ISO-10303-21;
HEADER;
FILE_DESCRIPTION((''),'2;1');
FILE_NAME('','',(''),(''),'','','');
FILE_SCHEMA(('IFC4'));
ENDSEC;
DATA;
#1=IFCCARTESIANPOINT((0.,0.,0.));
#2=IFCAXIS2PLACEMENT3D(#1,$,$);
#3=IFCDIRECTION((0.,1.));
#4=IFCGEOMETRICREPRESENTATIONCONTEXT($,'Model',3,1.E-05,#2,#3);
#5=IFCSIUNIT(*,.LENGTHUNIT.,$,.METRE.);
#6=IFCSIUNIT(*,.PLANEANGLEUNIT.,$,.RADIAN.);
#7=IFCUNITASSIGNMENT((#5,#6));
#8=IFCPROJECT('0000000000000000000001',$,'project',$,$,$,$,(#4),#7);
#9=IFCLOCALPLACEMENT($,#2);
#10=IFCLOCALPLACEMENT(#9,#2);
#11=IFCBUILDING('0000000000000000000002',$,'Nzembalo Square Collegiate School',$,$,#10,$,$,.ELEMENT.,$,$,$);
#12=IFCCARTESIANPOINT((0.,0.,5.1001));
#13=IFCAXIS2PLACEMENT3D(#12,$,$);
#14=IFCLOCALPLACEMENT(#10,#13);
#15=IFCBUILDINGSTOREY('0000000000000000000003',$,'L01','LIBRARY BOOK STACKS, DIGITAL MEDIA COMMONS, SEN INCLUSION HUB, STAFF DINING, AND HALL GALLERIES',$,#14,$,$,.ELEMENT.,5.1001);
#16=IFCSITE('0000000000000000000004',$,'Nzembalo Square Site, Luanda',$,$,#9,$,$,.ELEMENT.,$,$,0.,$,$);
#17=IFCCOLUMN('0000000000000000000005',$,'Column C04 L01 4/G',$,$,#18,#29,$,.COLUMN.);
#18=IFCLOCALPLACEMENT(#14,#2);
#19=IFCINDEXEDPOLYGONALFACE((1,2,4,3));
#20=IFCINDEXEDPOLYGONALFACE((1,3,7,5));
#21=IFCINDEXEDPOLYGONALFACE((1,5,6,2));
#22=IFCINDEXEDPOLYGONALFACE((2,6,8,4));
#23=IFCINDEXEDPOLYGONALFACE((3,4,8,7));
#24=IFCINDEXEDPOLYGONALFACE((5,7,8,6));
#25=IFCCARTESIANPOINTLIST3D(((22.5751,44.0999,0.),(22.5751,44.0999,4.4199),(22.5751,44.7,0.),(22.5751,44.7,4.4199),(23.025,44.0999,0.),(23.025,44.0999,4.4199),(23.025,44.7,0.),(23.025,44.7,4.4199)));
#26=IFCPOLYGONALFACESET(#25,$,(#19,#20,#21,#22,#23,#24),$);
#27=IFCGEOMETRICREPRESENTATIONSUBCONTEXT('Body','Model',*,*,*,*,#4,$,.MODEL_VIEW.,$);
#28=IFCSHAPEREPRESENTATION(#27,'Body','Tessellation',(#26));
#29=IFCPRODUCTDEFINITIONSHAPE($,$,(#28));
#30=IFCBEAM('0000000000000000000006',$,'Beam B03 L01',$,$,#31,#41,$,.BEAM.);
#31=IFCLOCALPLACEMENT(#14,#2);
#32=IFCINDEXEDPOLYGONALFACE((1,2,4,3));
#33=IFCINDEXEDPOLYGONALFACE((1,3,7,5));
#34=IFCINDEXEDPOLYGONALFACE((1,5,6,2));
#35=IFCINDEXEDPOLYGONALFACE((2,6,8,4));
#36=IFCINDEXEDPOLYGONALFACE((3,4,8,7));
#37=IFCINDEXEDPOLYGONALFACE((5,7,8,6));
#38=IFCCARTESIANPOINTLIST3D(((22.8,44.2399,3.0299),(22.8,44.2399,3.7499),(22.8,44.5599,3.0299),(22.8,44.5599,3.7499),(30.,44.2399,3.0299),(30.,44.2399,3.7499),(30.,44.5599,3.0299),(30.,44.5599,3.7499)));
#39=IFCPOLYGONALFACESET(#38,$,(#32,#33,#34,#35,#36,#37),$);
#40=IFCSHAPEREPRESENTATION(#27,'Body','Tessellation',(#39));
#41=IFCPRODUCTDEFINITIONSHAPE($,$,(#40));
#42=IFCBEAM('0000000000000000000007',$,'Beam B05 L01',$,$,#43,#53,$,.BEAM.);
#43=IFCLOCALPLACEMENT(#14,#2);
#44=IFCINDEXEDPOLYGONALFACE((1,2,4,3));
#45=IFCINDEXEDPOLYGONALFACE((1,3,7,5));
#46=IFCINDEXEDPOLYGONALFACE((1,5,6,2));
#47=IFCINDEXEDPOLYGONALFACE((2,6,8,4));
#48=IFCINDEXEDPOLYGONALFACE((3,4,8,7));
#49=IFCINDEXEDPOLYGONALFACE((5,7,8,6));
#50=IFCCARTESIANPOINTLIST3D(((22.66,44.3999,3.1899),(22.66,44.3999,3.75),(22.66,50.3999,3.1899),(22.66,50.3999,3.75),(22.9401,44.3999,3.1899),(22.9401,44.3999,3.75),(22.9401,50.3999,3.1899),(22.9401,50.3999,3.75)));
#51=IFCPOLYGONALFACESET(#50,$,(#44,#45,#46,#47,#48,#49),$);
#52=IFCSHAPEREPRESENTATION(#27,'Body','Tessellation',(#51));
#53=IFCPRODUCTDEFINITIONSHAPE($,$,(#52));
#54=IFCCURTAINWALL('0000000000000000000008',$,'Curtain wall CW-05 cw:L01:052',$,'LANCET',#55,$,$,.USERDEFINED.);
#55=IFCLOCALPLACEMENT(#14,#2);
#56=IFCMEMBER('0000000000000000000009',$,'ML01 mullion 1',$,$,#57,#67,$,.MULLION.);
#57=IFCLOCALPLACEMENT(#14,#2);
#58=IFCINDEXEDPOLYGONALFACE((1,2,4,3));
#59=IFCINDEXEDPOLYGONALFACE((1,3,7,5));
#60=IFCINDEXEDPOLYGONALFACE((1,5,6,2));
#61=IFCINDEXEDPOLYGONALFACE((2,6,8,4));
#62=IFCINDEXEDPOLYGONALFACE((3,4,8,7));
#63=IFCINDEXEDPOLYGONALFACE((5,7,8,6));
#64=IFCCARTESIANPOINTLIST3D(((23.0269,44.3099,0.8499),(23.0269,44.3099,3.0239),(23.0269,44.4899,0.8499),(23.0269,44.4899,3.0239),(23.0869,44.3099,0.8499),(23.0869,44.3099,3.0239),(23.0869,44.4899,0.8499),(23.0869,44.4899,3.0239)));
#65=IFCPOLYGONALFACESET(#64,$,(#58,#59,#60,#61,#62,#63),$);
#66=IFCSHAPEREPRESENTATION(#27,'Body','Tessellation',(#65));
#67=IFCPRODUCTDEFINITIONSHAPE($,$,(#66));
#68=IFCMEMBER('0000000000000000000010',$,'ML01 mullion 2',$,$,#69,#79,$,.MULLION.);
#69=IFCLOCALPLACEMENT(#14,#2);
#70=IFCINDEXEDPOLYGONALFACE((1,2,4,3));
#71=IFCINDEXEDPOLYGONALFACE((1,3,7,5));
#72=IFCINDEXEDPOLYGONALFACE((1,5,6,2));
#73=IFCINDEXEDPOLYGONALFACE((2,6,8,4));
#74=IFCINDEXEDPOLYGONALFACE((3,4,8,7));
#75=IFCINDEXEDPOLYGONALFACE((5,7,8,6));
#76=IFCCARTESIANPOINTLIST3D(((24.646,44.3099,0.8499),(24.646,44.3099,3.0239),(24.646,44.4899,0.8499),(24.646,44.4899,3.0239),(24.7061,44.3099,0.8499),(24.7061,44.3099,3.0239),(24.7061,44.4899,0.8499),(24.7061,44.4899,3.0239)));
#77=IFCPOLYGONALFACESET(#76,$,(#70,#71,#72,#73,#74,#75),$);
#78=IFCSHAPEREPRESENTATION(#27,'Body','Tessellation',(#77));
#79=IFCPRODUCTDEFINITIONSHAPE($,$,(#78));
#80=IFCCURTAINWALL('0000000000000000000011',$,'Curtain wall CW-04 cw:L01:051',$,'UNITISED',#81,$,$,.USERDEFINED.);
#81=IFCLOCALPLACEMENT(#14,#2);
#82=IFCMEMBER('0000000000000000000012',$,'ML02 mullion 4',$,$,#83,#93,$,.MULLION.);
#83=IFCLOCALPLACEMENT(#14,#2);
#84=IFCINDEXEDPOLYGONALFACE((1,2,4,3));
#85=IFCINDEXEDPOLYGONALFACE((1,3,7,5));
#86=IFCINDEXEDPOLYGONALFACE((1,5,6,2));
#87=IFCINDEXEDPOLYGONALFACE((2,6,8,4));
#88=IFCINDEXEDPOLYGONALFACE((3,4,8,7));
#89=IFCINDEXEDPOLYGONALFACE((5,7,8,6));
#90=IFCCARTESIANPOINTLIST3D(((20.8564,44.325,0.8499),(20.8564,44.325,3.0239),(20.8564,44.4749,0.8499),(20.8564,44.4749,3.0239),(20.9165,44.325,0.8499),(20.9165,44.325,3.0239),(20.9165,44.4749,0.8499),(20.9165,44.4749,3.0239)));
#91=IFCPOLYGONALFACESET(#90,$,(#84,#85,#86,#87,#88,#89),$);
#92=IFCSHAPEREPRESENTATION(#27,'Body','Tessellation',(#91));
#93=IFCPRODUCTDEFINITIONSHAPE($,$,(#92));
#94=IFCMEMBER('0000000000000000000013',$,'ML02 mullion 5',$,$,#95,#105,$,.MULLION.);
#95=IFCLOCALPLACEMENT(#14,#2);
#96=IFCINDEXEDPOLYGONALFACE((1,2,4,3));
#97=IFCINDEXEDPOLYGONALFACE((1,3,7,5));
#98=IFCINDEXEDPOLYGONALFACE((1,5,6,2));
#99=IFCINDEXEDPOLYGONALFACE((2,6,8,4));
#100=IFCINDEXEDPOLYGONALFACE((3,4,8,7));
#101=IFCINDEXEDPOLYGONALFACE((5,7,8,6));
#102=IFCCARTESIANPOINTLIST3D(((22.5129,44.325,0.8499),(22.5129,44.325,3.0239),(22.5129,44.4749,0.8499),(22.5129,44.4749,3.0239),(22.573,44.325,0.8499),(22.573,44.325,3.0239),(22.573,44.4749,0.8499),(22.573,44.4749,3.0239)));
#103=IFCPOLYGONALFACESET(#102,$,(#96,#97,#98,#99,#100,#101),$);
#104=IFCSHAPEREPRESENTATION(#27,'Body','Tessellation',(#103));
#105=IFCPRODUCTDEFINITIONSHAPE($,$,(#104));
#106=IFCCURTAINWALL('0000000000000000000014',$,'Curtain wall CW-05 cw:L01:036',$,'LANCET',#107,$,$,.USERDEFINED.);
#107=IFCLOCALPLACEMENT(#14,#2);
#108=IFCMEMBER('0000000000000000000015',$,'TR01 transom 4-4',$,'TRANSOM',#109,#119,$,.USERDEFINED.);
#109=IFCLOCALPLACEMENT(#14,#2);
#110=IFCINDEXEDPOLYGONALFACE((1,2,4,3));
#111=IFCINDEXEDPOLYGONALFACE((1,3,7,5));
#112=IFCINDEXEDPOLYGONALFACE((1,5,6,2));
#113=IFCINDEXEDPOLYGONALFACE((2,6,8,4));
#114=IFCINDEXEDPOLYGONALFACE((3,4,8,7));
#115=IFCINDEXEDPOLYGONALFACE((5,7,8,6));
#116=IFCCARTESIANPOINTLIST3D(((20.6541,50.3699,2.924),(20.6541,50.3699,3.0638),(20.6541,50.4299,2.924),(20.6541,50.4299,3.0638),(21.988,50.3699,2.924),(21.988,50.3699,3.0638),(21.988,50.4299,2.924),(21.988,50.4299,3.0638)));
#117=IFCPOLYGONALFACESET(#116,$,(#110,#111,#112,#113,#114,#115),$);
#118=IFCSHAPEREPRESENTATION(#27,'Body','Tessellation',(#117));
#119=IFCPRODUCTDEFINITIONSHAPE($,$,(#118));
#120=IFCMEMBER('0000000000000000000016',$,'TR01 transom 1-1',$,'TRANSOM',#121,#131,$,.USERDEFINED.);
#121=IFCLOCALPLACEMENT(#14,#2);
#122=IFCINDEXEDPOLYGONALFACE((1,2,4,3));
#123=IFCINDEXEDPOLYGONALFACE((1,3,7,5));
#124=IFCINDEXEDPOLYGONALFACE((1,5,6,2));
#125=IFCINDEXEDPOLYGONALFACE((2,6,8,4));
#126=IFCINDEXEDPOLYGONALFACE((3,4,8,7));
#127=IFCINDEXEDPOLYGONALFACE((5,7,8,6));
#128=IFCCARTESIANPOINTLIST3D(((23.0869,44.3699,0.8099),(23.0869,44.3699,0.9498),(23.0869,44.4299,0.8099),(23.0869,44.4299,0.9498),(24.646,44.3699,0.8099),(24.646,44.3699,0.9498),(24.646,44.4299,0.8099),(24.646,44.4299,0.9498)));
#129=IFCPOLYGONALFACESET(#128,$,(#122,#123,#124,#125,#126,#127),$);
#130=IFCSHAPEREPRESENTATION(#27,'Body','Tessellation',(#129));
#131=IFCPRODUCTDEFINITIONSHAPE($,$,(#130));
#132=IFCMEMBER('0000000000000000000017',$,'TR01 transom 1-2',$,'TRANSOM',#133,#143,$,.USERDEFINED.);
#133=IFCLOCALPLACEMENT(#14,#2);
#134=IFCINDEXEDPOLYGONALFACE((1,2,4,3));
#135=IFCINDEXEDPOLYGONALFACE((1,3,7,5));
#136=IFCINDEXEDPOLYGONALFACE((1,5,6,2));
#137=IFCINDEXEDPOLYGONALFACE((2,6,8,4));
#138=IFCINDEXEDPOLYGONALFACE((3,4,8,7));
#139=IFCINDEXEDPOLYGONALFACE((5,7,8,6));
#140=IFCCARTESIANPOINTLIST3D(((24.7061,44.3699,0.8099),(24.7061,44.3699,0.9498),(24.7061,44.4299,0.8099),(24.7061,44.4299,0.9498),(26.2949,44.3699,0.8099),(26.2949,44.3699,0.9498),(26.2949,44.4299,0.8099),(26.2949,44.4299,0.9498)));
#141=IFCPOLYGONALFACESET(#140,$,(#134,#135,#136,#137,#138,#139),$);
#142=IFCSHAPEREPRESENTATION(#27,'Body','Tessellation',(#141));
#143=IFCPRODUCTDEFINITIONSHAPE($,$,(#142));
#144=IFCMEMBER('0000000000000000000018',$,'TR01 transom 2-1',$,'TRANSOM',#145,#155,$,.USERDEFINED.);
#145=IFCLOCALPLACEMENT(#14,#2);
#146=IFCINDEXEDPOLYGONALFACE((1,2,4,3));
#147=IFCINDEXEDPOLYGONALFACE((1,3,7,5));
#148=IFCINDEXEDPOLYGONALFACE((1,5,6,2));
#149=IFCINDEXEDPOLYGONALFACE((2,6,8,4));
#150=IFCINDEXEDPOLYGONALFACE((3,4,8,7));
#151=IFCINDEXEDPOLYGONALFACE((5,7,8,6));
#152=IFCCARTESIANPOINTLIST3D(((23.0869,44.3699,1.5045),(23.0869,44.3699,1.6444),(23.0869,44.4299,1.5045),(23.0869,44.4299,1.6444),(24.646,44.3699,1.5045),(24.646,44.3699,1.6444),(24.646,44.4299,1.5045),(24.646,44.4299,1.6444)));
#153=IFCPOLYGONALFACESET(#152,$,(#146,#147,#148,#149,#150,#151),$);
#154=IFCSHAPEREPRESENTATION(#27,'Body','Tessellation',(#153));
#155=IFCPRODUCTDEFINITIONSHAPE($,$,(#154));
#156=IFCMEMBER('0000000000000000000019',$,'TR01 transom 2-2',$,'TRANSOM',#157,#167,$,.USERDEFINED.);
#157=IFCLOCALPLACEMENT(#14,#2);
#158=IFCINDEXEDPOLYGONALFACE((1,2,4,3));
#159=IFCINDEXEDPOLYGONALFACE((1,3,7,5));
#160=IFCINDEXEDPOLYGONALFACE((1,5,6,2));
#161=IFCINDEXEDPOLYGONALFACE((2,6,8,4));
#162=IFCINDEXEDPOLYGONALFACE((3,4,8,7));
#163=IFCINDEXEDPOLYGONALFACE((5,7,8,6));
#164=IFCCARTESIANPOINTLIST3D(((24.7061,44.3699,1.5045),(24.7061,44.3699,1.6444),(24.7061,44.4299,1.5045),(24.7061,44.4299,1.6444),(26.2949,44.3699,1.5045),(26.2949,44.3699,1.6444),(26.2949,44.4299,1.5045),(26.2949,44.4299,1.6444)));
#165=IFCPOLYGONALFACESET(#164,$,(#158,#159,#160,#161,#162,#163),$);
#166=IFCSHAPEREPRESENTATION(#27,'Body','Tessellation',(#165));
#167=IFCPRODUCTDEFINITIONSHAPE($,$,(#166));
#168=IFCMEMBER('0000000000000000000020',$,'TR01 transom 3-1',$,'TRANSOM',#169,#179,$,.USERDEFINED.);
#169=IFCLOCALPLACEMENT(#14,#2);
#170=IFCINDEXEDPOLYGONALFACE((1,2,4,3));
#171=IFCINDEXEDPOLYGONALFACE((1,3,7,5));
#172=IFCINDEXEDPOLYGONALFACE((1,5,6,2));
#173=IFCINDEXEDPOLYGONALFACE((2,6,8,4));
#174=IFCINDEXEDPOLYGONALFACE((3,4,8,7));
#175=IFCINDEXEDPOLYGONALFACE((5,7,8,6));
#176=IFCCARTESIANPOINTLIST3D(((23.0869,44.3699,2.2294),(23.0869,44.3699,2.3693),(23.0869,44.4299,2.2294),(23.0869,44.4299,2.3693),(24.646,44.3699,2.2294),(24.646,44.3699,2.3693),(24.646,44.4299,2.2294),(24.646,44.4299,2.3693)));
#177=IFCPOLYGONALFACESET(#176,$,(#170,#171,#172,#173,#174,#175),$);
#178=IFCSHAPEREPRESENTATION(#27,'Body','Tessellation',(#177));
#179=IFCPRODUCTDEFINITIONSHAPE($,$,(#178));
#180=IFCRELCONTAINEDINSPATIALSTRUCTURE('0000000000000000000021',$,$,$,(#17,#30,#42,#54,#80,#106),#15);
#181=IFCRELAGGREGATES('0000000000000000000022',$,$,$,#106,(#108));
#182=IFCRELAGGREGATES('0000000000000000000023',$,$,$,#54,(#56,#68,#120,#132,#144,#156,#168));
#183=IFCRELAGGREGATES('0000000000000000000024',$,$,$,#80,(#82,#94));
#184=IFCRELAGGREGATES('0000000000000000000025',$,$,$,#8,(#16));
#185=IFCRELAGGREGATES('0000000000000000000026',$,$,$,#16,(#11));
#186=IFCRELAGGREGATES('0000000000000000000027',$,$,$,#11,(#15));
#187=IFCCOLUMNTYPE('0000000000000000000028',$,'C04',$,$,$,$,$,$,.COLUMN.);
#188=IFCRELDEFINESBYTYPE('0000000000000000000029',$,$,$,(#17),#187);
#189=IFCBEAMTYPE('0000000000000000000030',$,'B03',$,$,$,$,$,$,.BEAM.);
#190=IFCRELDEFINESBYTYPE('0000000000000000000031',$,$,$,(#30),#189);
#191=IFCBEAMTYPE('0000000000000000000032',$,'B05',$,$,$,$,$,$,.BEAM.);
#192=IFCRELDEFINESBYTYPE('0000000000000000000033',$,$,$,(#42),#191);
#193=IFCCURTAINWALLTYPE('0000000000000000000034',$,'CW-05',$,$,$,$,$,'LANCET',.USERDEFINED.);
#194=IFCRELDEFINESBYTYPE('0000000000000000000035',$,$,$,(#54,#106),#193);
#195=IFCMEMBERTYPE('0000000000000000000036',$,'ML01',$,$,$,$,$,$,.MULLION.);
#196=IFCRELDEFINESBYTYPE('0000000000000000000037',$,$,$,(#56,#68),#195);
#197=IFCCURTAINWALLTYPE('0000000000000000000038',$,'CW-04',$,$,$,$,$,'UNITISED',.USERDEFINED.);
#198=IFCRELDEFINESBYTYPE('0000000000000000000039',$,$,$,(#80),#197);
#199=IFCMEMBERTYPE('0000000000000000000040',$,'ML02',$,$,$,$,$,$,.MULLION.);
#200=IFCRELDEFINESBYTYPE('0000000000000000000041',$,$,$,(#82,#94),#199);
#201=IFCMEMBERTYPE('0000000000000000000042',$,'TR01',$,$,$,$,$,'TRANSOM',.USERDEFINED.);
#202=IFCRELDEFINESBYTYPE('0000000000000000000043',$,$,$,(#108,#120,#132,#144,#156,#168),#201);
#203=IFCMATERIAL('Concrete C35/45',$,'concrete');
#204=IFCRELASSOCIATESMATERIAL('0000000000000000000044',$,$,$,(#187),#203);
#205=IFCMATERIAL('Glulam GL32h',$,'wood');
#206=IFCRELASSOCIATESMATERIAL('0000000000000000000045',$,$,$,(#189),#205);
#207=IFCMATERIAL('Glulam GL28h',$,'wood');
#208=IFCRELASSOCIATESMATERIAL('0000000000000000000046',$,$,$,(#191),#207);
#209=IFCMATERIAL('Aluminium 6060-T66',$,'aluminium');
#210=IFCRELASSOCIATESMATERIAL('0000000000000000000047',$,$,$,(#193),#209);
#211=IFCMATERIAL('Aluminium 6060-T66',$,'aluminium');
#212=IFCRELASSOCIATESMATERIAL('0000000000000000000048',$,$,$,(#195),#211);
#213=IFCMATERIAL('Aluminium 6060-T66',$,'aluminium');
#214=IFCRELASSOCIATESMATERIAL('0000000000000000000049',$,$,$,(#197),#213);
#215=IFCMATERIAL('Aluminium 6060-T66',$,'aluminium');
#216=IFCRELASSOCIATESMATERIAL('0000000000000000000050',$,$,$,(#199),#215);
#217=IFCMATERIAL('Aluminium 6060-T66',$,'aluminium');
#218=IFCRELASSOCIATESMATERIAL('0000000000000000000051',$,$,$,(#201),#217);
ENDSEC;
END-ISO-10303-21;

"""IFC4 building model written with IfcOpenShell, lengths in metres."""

from ifc_helpers import new_model, si_unit, direction, frame, origin, origin_2d, place, context, subcontext, project, spatial, rectangle, extrude, material, material_profile, profile_set, type_object, element, aggregate, save


model = new_model("IFC4")

# Units and contexts
model_context = context("Model", 3, precision=1e-05, world=origin(), true_north=direction((0.0, 1.0)))
body_context = subcontext(model_context, "Body", "Model", "MODEL_VIEW")
ifc_project = project(units=[si_unit("LENGTHUNIT", "METRE"), si_unit("PLANEANGLEUNIT", "RADIAN")], contexts=[model_context])

# Site, building, storey
site_placement = place(None, origin())
site = spatial("IfcSite", under=ifc_project, at=site_placement, Name="Nzembalo Square Site, Luanda", CompositionType="ELEMENT", RefElevation=0.0)
building_placement = place(site_placement, origin())
building = spatial("IfcBuilding", under=site, at=building_placement, Name="Nzembalo Square Collegiate School", CompositionType="ELEMENT")
storey_placement = place(building_placement, frame((0.0, 0.0, 5.1001)))
storey = spatial("IfcBuildingStorey", under=building, at=storey_placement, Name="L01", Description="LIBRARY BOOK STACKS, DIGITAL MEDIA COMMONS, SEN INCLUSION HUB, STAFF DINING, AND HALL GALLERIES", CompositionType="ELEMENT", Elevation=5.1001)

# Column
ifc_material_1 = material(Name="Concrete C35/45", Category="concrete")
ifc_material_profile_1 = material_profile(ifc_material_1, rectangle(XDim=0.45, YDim=0.6001, at=origin_2d()), Name="RC 450x600")
ifc_profile_set_1 = profile_set([ifc_material_profile_1], Name="Concrete C35/45")
column_type = type_object("IfcColumnType", Name="C04", PredefinedType="COLUMN", material=ifc_profile_set_1)
column_placement = place(storey_placement, frame((22.8, 44.3999, 0.0), z_axis=(0.0, 0.0, 1.0), x_axis=(1.0, 0.0, 0.0)))
element("IfcColumn", 1, at=column_placement, inside=storey, type_object=column_type, Name="Column C04 L01 4/G", PredefinedType="COLUMN", context=body_context, shape_type="SweptSolid", body=[
    extrude(rectangle(XDim=0.45, YDim=0.6001, at=origin_2d()), origin(), (0.0, 0.0, 1.0), 4.4199),
])

# Beams
ifc_material_2 = material(Name="Glulam GL32h", Category="wood")
ifc_material_profile_2 = material_profile(ifc_material_2, rectangle(XDim=0.3201, YDim=0.72, at=origin_2d()), Name="GL32h 320x720")
ifc_profile_set_2 = profile_set([ifc_material_profile_2], Name="Glulam GL32h")
beam_type_1 = type_object("IfcBeamType", Name="B03", PredefinedType="BEAM", material=ifc_profile_set_2)
beam_1_placement = place(storey_placement, frame((22.8, 44.3999, 3.3899), z_axis=(1.0, 0.0, 0.0), x_axis=(0.0, 1.0, 0.0)))
element("IfcBeam", 2, at=beam_1_placement, inside=storey, type_object=beam_type_1, Name="Beam B03 L01", PredefinedType="BEAM", context=body_context, shape_type="SweptSolid", body=[
    extrude(rectangle(XDim=0.3201, YDim=0.72, at=origin_2d()), origin(), (0.0, 0.0, 1.0), 7.2),
])
ifc_material_3 = material(Name="Glulam GL28h", Category="wood")
ifc_material_profile_3 = material_profile(ifc_material_3, rectangle(XDim=0.28, YDim=0.5601, at=origin_2d()), Name="GL28h 280x560")
ifc_profile_set_3 = profile_set([ifc_material_profile_3], Name="Glulam GL28h")
beam_type_2 = type_object("IfcBeamType", Name="B05", PredefinedType="BEAM", material=ifc_profile_set_3)
beam_2_placement = place(storey_placement, frame((22.8, 44.3999, 3.47), z_axis=(0.0, 1.0, 0.0), x_axis=(-1.0, 0.0, 0.0)))
element("IfcBeam", 3, at=beam_2_placement, inside=storey, type_object=beam_type_2, Name="Beam B05 L01", PredefinedType="BEAM", context=body_context, shape_type="SweptSolid", body=[
    extrude(rectangle(XDim=0.28, YDim=0.5601, at=origin_2d()), origin(), (0.0, 0.0, 1.0), 6.0),
])

# Curtain walls, members
ifc_material_4 = material(Name="Aluminium 6060-T66", Category="aluminium")
curtain_wall_type_1 = type_object("IfcCurtainWallType", Name="CW-05", ElementType="LANCET", PredefinedType="USERDEFINED", material=ifc_material_4)
curtain_wall_1_placement = place(storey_placement, origin())
curtain_wall_1 = element("IfcCurtainWall", 4, at=curtain_wall_1_placement, inside=storey, type_object=curtain_wall_type_1, Name="Curtain wall CW-05 cw:L01:052", ObjectType="LANCET", PredefinedType="USERDEFINED")
ifc_material_5 = material(Name="Aluminium 6060-T66", Category="aluminium")
ifc_material_profile_4 = material_profile(ifc_material_5, rectangle(XDim=0.0601, YDim=0.1799, at=origin_2d()), Name="ALU M60x180")
ifc_profile_set_4 = profile_set([ifc_material_profile_4], Name="Aluminium 6060-T66")
member_type_1 = type_object("IfcMemberType", Name="ML01", PredefinedType="MULLION", material=ifc_profile_set_4)
member_1_placement = place(storey_placement, frame((23.0569, 44.3999, 0.8499), z_axis=(0.0, 0.0, 1.0), x_axis=(1.0, 0.0, 0.0)))
member_1 = element("IfcMember", 5, at=member_1_placement, type_object=member_type_1, Name="ML01 mullion 1", PredefinedType="MULLION", context=body_context, shape_type="SweptSolid", body=[
    extrude(rectangle(XDim=0.0601, YDim=0.1799, at=origin_2d()), origin(), (0.0, 0.0, 1.0), 2.1741),
])
member_2_placement = place(storey_placement, frame((24.676, 44.3999, 0.8499), z_axis=(0.0, 0.0, 1.0), x_axis=(1.0, 0.0, 0.0)))
member_2 = element("IfcMember", 6, at=member_2_placement, type_object=member_type_1, Name="ML01 mullion 2", PredefinedType="MULLION", context=body_context, shape_type="SweptSolid", body=[
    extrude(rectangle(XDim=0.0601, YDim=0.1799, at=origin_2d()), origin(), (0.0, 0.0, 1.0), 2.1741),
])
ifc_material_6 = material(Name="Aluminium 6060-T66", Category="aluminium")
curtain_wall_type_2 = type_object("IfcCurtainWallType", Name="CW-04", ElementType="UNITISED", PredefinedType="USERDEFINED", material=ifc_material_6)
curtain_wall_2_placement = place(storey_placement, origin())
curtain_wall_2 = element("IfcCurtainWall", 7, at=curtain_wall_2_placement, inside=storey, type_object=curtain_wall_type_2, Name="Curtain wall CW-04 cw:L01:051", ObjectType="UNITISED", PredefinedType="USERDEFINED")
ifc_material_7 = material(Name="Aluminium 6060-T66", Category="aluminium")
ifc_material_profile_5 = material_profile(ifc_material_7, rectangle(XDim=0.0601, YDim=0.1499, at=origin_2d()), Name="ALU M60x150")
ifc_profile_set_5 = profile_set([ifc_material_profile_5], Name="Aluminium 6060-T66")
member_type_2 = type_object("IfcMemberType", Name="ML02", PredefinedType="MULLION", material=ifc_profile_set_5)
member_3_placement = place(storey_placement, frame((20.8865, 44.3999, 0.8499), z_axis=(0.0, 0.0, 1.0), x_axis=(1.0, 0.0, 0.0)))
member_3 = element("IfcMember", 8, at=member_3_placement, type_object=member_type_2, Name="ML02 mullion 4", PredefinedType="MULLION", context=body_context, shape_type="SweptSolid", body=[
    extrude(rectangle(XDim=0.0601, YDim=0.1499, at=origin_2d()), origin(), (0.0, 0.0, 1.0), 2.1741),
])
member_4_placement = place(storey_placement, frame((22.543, 44.3999, 0.8499), z_axis=(0.0, 0.0, 1.0), x_axis=(1.0, 0.0, 0.0)))
member_4 = element("IfcMember", 9, at=member_4_placement, type_object=member_type_2, Name="ML02 mullion 5", PredefinedType="MULLION", context=body_context, shape_type="SweptSolid", body=[
    extrude(rectangle(XDim=0.0601, YDim=0.1499, at=origin_2d()), origin(), (0.0, 0.0, 1.0), 2.1741),
])

# Curtain wall, member
curtain_wall_3_placement = place(storey_placement, origin())
curtain_wall_3 = element("IfcCurtainWall", 10, at=curtain_wall_3_placement, inside=storey, type_object=curtain_wall_type_1, Name="Curtain wall CW-05 cw:L01:036", ObjectType="LANCET", PredefinedType="USERDEFINED")
ifc_material_8 = material(Name="Aluminium 6060-T66", Category="aluminium")
ifc_material_profile_6 = material_profile(ifc_material_8, rectangle(XDim=0.0601, YDim=0.1399, at=origin_2d()), Name="ALU T60x140")
ifc_profile_set_6 = profile_set([ifc_material_profile_6], Name="Aluminium 6060-T66")
member_type_3 = type_object("IfcMemberType", Name="TR01", ElementType="TRANSOM", PredefinedType="USERDEFINED", material=ifc_profile_set_6)
member_5_placement = place(storey_placement, frame((20.6541, 50.3999, 2.9939), z_axis=(1.0, 0.0, 0.0), x_axis=(0.0, 1.0, 0.0)))
member_5 = element("IfcMember", 11, at=member_5_placement, type_object=member_type_3, Name="TR01 transom 4-4", ObjectType="TRANSOM", PredefinedType="USERDEFINED", context=body_context, shape_type="SweptSolid", body=[
    extrude(rectangle(XDim=0.0601, YDim=0.1399, at=origin_2d()), origin(), (0.0, 0.0, 1.0), 1.334),
])

# Members
member_6_placement = place(storey_placement, frame((23.0869, 44.3999, 0.8799), z_axis=(1.0, 0.0, 0.0), x_axis=(0.0, 1.0, 0.0)))
member_6 = element("IfcMember", 12, at=member_6_placement, type_object=member_type_3, Name="TR01 transom 1-1", ObjectType="TRANSOM", PredefinedType="USERDEFINED", context=body_context, shape_type="SweptSolid", body=[
    extrude(rectangle(XDim=0.0601, YDim=0.1399, at=origin_2d()), origin(), (0.0, 0.0, 1.0), 1.5591),
])
member_7_placement = place(storey_placement, frame((24.7061, 44.3999, 0.8799), z_axis=(1.0, 0.0, 0.0), x_axis=(0.0, 1.0, 0.0)))
member_7 = element("IfcMember", 13, at=member_7_placement, type_object=member_type_3, Name="TR01 transom 1-2", ObjectType="TRANSOM", PredefinedType="USERDEFINED", context=body_context, shape_type="SweptSolid", body=[
    extrude(rectangle(XDim=0.0601, YDim=0.1399, at=origin_2d()), origin(), (0.0, 0.0, 1.0), 1.5889),
])
member_8_placement = place(storey_placement, frame((23.0869, 44.3999, 1.5745), z_axis=(1.0, 0.0, 0.0), x_axis=(0.0, 1.0, 0.0)))
member_8 = element("IfcMember", 14, at=member_8_placement, type_object=member_type_3, Name="TR01 transom 2-1", ObjectType="TRANSOM", PredefinedType="USERDEFINED", context=body_context, shape_type="SweptSolid", body=[
    extrude(rectangle(XDim=0.0601, YDim=0.1399, at=origin_2d()), origin(), (0.0, 0.0, 1.0), 1.5591),
])
member_9_placement = place(storey_placement, frame((24.7061, 44.3999, 1.5745), z_axis=(1.0, 0.0, 0.0), x_axis=(0.0, 1.0, 0.0)))
member_9 = element("IfcMember", 15, at=member_9_placement, type_object=member_type_3, Name="TR01 transom 2-2", ObjectType="TRANSOM", PredefinedType="USERDEFINED", context=body_context, shape_type="SweptSolid", body=[
    extrude(rectangle(XDim=0.0601, YDim=0.1399, at=origin_2d()), origin(), (0.0, 0.0, 1.0), 1.5889),
])
member_10_placement = place(storey_placement, frame((23.0869, 44.3999, 2.2993), z_axis=(1.0, 0.0, 0.0), x_axis=(0.0, 1.0, 0.0)))
member_10 = element("IfcMember", 16, at=member_10_placement, type_object=member_type_3, Name="TR01 transom 3-1", ObjectType="TRANSOM", PredefinedType="USERDEFINED", context=body_context, shape_type="SweptSolid", body=[
    extrude(rectangle(XDim=0.0601, YDim=0.1399, at=origin_2d()), origin(), (0.0, 0.0, 1.0), 1.5591),
])

aggregate(curtain_wall_3, [member_5])
aggregate(curtain_wall_1, [member_1, member_2, member_6, member_7, member_8, member_9, member_10])
aggregate(curtain_wall_2, [member_3, member_4])

save(model, "model.ifc")
